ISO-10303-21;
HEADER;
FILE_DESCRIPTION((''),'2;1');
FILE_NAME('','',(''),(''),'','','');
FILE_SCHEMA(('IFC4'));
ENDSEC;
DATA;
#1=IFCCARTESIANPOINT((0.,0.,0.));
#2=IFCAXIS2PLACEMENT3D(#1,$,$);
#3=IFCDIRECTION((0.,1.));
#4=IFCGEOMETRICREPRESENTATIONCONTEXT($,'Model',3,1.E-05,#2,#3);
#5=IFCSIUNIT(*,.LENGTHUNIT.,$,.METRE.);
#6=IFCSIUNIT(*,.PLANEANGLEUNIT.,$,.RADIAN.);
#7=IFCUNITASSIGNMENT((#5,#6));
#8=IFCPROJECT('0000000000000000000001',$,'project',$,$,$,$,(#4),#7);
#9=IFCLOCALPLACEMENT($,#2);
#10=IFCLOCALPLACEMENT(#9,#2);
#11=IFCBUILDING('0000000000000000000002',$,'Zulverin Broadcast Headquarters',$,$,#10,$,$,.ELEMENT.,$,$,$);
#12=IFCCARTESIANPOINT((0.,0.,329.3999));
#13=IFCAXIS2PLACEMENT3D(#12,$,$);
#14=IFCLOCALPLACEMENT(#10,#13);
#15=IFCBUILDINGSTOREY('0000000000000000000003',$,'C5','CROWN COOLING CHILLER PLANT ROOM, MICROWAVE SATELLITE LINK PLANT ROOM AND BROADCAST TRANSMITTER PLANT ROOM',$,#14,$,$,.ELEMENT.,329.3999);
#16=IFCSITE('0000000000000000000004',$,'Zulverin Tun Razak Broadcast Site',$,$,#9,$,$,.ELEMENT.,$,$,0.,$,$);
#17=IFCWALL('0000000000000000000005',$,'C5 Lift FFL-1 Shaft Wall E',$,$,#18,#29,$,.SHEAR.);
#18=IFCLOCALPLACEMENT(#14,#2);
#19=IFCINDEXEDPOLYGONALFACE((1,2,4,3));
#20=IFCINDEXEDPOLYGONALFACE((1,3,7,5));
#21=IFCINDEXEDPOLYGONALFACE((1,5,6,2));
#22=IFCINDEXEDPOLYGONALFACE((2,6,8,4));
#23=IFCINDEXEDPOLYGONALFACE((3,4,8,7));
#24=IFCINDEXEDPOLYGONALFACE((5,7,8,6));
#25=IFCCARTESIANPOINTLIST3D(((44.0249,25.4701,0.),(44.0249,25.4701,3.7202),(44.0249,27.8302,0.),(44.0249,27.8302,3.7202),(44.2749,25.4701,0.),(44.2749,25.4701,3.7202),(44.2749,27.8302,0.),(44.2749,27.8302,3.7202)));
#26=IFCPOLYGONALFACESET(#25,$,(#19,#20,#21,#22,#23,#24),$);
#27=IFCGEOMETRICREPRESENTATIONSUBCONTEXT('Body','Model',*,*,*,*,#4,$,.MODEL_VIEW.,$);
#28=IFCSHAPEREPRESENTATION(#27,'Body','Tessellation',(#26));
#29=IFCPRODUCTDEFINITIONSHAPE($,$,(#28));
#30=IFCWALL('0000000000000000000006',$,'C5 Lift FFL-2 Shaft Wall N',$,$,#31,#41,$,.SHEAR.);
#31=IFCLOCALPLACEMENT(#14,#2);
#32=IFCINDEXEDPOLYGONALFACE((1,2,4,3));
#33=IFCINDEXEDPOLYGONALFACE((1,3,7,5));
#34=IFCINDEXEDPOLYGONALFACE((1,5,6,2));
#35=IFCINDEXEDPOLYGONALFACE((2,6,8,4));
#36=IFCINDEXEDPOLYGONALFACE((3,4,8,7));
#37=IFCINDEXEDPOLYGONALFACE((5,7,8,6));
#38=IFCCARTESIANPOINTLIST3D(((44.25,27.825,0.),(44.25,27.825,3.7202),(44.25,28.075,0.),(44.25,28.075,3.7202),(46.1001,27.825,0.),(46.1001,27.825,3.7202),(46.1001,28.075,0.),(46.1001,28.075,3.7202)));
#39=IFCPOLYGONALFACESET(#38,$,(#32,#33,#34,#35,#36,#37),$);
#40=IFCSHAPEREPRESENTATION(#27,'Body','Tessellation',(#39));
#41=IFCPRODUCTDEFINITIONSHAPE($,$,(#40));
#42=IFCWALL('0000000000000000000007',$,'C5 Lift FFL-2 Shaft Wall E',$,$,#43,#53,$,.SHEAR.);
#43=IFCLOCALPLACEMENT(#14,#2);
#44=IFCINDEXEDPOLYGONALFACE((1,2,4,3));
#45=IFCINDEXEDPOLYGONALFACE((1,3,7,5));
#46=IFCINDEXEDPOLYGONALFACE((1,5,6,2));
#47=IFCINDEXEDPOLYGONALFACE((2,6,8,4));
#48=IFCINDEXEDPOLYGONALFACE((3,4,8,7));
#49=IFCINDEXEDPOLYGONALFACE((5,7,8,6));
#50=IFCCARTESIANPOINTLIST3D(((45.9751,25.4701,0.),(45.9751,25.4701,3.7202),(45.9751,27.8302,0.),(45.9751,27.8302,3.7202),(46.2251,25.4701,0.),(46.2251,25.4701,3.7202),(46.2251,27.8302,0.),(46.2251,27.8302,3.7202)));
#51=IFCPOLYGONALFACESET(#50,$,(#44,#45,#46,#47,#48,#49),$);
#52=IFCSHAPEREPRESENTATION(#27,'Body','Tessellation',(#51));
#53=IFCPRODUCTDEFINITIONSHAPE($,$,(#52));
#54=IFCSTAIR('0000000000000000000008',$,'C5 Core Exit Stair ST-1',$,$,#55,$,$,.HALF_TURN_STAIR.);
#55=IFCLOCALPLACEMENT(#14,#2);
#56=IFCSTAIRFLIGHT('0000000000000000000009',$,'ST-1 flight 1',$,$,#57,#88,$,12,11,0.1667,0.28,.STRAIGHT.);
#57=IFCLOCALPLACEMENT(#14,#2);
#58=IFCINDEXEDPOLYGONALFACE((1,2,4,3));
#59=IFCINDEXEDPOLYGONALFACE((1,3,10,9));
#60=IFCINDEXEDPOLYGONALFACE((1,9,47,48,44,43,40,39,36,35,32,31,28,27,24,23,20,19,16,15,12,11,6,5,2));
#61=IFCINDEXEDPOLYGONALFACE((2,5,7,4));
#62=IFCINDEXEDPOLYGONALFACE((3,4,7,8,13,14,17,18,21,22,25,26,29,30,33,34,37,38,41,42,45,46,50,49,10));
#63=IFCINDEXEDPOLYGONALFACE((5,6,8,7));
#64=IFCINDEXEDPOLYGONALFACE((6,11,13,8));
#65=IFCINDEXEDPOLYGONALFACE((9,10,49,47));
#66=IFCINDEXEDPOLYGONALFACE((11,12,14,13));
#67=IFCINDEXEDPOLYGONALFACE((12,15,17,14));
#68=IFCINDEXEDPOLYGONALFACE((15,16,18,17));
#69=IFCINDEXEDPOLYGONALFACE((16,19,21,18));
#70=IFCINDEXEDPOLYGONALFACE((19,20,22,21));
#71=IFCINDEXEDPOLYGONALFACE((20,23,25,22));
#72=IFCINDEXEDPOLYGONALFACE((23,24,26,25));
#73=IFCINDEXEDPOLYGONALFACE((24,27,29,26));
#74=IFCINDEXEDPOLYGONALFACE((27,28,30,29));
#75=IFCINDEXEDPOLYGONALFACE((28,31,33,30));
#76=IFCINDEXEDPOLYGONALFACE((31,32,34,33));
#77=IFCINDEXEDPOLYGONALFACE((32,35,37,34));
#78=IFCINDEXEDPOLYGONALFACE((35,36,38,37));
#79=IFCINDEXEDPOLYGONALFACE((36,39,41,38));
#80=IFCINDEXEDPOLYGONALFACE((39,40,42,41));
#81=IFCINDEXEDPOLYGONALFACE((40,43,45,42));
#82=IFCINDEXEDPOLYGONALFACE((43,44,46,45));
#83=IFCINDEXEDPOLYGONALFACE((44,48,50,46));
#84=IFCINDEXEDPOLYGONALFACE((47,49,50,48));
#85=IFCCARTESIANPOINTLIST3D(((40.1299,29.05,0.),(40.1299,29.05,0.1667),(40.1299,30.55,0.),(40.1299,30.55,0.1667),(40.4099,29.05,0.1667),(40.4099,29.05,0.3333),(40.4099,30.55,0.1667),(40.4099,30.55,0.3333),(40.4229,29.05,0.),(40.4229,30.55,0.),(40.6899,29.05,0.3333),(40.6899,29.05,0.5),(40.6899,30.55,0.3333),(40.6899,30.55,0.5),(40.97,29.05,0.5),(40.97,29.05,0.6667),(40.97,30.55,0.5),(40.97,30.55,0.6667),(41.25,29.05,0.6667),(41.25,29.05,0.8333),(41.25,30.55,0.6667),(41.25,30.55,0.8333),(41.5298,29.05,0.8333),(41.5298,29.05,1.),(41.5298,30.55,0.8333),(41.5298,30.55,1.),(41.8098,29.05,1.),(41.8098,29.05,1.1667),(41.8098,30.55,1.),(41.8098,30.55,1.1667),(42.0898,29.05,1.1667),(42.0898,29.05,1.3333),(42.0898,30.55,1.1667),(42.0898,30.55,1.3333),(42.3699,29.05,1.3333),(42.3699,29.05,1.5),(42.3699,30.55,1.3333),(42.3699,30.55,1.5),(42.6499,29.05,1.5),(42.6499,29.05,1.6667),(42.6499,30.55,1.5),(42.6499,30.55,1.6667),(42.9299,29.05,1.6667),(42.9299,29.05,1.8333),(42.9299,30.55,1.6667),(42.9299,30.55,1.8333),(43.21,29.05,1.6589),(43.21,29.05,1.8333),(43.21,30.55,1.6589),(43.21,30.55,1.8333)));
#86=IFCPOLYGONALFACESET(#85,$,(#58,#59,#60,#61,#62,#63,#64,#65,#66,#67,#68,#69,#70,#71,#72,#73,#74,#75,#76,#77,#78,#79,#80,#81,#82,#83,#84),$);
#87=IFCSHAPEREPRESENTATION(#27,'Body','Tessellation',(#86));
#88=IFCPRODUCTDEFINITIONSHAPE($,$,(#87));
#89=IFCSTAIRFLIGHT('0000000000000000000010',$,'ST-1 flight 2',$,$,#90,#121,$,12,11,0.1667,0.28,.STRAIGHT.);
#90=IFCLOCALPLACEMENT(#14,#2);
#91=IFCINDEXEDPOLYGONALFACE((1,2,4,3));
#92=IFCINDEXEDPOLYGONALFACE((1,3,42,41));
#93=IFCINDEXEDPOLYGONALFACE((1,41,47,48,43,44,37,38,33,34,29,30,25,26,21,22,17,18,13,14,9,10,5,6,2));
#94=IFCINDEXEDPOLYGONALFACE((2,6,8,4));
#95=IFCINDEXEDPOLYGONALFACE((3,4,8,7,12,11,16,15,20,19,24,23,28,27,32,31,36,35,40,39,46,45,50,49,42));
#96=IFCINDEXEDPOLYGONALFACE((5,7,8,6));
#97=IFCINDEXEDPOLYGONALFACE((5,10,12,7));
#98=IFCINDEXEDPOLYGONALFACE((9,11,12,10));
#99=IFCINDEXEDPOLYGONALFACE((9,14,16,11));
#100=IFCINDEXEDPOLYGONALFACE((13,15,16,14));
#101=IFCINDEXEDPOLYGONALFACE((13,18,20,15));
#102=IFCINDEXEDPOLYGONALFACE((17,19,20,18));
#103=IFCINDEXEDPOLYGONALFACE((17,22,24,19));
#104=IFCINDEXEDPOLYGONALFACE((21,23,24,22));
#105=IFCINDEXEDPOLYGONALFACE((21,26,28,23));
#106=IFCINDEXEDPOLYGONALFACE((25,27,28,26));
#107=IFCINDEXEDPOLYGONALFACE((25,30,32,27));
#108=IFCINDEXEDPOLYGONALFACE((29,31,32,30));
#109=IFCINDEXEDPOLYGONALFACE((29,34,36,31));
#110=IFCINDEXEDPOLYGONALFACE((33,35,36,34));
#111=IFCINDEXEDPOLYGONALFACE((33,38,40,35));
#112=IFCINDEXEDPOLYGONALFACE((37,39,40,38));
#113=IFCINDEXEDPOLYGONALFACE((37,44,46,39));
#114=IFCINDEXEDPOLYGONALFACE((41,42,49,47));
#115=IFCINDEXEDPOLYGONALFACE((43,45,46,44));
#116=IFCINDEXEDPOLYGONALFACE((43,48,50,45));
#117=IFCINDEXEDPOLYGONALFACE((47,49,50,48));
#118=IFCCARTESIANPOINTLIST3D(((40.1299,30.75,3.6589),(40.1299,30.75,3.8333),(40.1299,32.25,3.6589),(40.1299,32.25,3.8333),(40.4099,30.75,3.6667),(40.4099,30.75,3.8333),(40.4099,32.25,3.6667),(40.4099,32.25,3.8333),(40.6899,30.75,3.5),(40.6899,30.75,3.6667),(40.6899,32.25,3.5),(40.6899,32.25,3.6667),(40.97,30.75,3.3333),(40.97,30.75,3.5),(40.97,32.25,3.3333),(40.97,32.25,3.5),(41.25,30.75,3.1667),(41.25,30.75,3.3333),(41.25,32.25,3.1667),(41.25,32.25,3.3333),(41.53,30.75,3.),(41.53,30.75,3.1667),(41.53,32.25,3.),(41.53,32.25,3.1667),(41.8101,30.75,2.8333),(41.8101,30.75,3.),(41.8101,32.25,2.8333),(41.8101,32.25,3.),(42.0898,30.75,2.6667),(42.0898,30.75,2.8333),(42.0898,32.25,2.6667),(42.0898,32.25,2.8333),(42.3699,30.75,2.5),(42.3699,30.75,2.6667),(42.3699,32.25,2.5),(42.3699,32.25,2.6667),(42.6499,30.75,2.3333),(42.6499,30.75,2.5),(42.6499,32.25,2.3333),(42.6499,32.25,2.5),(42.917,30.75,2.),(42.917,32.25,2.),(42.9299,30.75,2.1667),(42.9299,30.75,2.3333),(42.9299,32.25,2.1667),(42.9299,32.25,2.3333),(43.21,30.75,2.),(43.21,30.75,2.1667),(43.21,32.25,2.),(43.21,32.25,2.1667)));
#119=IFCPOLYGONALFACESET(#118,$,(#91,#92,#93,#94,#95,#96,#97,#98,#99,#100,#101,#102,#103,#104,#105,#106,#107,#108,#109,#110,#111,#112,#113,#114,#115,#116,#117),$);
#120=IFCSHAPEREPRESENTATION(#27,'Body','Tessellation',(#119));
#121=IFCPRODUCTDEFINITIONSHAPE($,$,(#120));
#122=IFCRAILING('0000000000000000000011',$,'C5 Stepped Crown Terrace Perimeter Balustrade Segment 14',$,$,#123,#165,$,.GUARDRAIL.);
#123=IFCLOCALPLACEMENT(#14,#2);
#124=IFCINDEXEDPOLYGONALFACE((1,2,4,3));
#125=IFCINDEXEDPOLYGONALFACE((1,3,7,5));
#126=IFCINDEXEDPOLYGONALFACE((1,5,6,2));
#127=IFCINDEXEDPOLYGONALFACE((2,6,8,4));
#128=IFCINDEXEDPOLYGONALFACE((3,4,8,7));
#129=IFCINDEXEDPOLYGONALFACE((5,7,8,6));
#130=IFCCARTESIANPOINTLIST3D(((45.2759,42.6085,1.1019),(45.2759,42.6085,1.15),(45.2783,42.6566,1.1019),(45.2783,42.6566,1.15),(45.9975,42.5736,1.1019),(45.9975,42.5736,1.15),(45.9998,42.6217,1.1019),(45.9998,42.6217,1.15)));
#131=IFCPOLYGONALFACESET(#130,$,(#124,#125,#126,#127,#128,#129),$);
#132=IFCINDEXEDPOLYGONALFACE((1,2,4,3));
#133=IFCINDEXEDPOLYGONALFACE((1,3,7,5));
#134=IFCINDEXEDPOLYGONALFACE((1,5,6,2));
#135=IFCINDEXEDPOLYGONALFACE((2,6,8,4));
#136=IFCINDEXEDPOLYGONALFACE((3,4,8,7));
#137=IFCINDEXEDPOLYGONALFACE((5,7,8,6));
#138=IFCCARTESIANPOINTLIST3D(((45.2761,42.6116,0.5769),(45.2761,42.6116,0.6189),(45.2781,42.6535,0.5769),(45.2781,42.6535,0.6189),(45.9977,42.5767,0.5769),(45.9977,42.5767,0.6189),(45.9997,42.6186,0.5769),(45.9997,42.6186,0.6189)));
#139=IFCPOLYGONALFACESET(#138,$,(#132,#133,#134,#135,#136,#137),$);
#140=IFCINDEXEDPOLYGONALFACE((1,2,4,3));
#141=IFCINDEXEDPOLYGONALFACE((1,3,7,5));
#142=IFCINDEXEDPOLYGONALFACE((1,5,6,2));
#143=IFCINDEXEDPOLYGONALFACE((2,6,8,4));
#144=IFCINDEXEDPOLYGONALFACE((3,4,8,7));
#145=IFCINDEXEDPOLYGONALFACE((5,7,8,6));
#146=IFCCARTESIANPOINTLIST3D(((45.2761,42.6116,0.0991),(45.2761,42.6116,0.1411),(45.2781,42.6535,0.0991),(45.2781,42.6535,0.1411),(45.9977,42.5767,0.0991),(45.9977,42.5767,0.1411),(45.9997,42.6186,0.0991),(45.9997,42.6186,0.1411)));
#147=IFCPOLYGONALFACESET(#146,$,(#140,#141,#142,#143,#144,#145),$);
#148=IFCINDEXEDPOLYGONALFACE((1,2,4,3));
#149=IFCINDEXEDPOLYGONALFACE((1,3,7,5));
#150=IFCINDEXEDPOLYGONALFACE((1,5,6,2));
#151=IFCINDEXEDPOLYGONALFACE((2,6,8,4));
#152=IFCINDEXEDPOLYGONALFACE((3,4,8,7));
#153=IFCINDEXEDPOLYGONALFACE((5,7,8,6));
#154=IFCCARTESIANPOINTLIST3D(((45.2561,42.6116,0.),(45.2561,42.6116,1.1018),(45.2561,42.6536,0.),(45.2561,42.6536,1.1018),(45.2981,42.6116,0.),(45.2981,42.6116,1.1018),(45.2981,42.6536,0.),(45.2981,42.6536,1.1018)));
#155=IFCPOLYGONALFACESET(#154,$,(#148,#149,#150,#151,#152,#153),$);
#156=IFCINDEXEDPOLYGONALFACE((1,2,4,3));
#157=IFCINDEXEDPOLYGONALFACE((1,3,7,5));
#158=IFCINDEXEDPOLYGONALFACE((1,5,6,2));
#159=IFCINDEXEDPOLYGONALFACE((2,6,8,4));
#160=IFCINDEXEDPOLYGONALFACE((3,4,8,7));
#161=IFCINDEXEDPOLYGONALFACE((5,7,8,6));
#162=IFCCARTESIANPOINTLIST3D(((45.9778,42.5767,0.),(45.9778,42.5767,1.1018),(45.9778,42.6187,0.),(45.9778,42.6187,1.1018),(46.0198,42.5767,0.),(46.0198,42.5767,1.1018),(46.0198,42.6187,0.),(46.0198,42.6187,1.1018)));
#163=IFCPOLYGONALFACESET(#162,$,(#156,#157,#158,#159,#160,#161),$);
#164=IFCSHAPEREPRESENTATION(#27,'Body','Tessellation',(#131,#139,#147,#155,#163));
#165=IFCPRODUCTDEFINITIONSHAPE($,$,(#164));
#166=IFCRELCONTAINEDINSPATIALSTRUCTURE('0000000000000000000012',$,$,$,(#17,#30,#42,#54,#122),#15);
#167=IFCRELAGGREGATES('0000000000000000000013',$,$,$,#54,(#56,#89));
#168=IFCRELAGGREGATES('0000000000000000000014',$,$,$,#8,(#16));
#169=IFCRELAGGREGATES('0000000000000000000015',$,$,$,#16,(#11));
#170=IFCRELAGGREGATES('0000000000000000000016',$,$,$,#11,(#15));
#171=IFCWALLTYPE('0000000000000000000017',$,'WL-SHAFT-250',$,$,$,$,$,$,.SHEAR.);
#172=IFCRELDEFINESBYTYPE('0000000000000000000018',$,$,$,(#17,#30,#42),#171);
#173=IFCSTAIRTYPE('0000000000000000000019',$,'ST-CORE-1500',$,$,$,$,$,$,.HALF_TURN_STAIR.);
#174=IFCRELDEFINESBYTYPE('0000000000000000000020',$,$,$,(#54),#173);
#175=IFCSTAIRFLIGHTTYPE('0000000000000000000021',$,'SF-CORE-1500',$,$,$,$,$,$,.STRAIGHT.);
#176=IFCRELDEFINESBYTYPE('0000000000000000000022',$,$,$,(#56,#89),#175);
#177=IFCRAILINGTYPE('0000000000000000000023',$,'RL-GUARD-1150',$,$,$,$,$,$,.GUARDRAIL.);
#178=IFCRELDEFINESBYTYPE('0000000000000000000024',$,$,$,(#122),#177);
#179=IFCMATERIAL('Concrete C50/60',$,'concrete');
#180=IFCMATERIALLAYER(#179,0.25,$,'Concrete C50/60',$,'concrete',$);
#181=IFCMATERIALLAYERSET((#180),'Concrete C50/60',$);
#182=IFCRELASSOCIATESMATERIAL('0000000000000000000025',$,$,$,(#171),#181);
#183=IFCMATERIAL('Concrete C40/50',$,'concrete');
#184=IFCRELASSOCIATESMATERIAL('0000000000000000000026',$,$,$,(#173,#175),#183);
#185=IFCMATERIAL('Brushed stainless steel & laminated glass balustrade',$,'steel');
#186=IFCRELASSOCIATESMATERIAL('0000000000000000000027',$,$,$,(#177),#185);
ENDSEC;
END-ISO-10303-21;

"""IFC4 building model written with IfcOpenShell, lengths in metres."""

from ifc_helpers import new_model, si_unit, direction, frame, frame_2d, origin, origin_2d, place, context, subcontext, project, spatial, polyline, rectangle, outline, extrude, material, layer, layer_set, type_object, element, aggregate, save


model = new_model("IFC4")

# Units and contexts
model_context = context("Model", 3, precision=1e-05, world=origin(), true_north=direction((0.0, 1.0)))
body_context = subcontext(model_context, "Body", "Model", "MODEL_VIEW")
ifc_project = project(units=[si_unit("LENGTHUNIT", "METRE"), si_unit("PLANEANGLEUNIT", "RADIAN")], contexts=[model_context])

# Site, building, storey
site_placement = place(None, origin())
site = spatial("IfcSite", under=ifc_project, at=site_placement, Name="Zulverin Tun Razak Broadcast Site", CompositionType="ELEMENT", RefElevation=0.0)
building_placement = place(site_placement, origin())
building = spatial("IfcBuilding", under=site, at=building_placement, Name="Zulverin Broadcast Headquarters", CompositionType="ELEMENT")
storey_placement = place(building_placement, frame((0.0, 0.0, 329.3999)))
storey = spatial("IfcBuildingStorey", under=building, at=storey_placement, Name="C5", Description="CROWN COOLING CHILLER PLANT ROOM, MICROWAVE SATELLITE LINK PLANT ROOM AND BROADCAST TRANSMITTER PLANT ROOM", CompositionType="ELEMENT", Elevation=329.3999)

# Wall
ifc_material_1 = material(Name="Concrete C40/50", Category="concrete")
ifc_material_2 = material(Name="Concrete C50/60", Category="concrete")
ifc_layer_1 = layer(ifc_material_2, 0.25, Name="Concrete C50/60", Category="concrete")
ifc_layer_set_1 = layer_set([ifc_layer_1], Name="Concrete C50/60")
wall_type_1 = type_object("IfcWallType", Name="WL-SHAFT-250", PredefinedType="SHEAR", material=ifc_layer_set_1)
for number, where, z_axis, x_axis, name in (
    (1, (44.1499, 25.47, 0.0), (0.0, 0.0, 1.0), (0.0, 1.0, 0.0), "C5 Lift FFL-1 Shaft Wall E"),
):
    element("IfcWall", number, at=place(storey_placement, frame(where, z_axis=z_axis, x_axis=x_axis)), inside=storey, type_object=wall_type_1, Name=name, PredefinedType="SHEAR", context=body_context, shape_type="SweptSolid", body=[
        extrude(rectangle(XDim=2.3601, YDim=0.25, at=frame_2d((1.1802, 0.0))), origin(), (0.0, 0.0, 1.0), 3.7202),
    ])

# Walls
wall_1_placement = place(storey_placement, frame((44.25, 27.95, 0.0), z_axis=(0.0, 0.0, 1.0), x_axis=(1.0, 0.0, 0.0)))
element("IfcWall", 2, at=wall_1_placement, inside=storey, type_object=wall_type_1, Name="C5 Lift FFL-2 Shaft Wall N", PredefinedType="SHEAR", context=body_context, shape_type="SweptSolid", body=[
    extrude(rectangle(XDim=1.8501, YDim=0.25, at=frame_2d((0.925, 0.0))), origin(), (0.0, 0.0, 1.0), 3.7202),
])
wall_2_placement = place(storey_placement, frame((46.1001, 25.47, 0.0), z_axis=(0.0, 0.0, 1.0), x_axis=(0.0, 1.0, 0.0)))
element("IfcWall", 3, at=wall_2_placement, inside=storey, type_object=wall_type_1, Name="C5 Lift FFL-2 Shaft Wall E", PredefinedType="SHEAR", context=body_context, shape_type="SweptSolid", body=[
    extrude(rectangle(XDim=2.3601, YDim=0.25, at=frame_2d((1.1802, 0.0))), origin(), (0.0, 0.0, 1.0), 3.7202),
])

# Stair, stair flights
stair_type = type_object("IfcStairType", Name="ST-CORE-1500", PredefinedType="HALF_TURN_STAIR", material=ifc_material_1)
stair_placement = place(storey_placement, origin())
stair = element("IfcStair", 4, at=stair_placement, inside=storey, type_object=stair_type, Name="C5 Core Exit Stair ST-1", PredefinedType="HALF_TURN_STAIR")
stair_flight_type = type_object("IfcStairFlightType", Name="SF-CORE-1500", PredefinedType="STRAIGHT", material=ifc_material_1)
stair_flight_1_placement = place(storey_placement, frame((40.1299, 29.8, 0.0), z_axis=(0.0, 0.0, 1.0), x_axis=(1.0, 0.0, 0.0)))
stair_flight_1 = element("IfcStairFlight", 5, at=stair_flight_1_placement, type_object=stair_flight_type, Name="ST-1 flight 1", NumberOfRisers=12, NumberOfTreads=11, PredefinedType="STRAIGHT", RiserHeight=0.1667, TreadLength=0.28, context=body_context, shape_type="SweptSolid", body=[
    extrude(outline(polyline([(0.0, 0.0), (0.0, 0.1667), (0.28, 0.1667), (0.28, 0.3333), (0.5601, 0.3333), (0.5601, 0.5), (0.8401, 0.5), (0.8401, 0.6667), (1.1201, 0.6667), (1.1201, 0.8333), (1.3999, 0.8333), (1.3999, 1.0), (1.6799, 1.0), (1.6799, 1.1667), (1.96, 1.1667), (1.96, 1.3333), (2.24, 1.3333), (2.24, 1.5), (2.52, 1.5), (2.52, 1.6667), (2.8, 1.6667), (2.8, 1.8333), (3.0801, 1.8333), (3.0801, 2.0), (3.0801, 1.6589), (0.293, 0.0), (0.0, 0.0)])), frame((0.0, 0.75, 0.0), z_axis=(0.0, -1.0, 0.0), x_axis=(1.0, 0.0, 0.0)), (0.0, 0.0, 1.0), 1.5),
])
stair_flight_2_placement = place(storey_placement, frame((43.21, 31.5, 2.0), z_axis=(0.0, 0.0, 1.0), x_axis=(-1.0, 0.0, 0.0)))
stair_flight_2 = element("IfcStairFlight", 6, at=stair_flight_2_placement, type_object=stair_flight_type, Name="ST-1 flight 2", NumberOfRisers=12, NumberOfTreads=11, PredefinedType="STRAIGHT", RiserHeight=0.1667, TreadLength=0.28, context=body_context, shape_type="SweptSolid", body=[
    extrude(outline(polyline([(0.0, 0.0), (0.0, 0.1667), (0.28, 0.1667), (0.28, 0.3333), (0.5601, 0.3333), (0.5601, 0.5), (0.8401, 0.5), (0.8401, 0.6667), (1.1201, 0.6667), (1.1201, 0.8333), (1.3999, 0.8333), (1.3999, 1.0), (1.6799, 1.0), (1.6799, 1.1667), (1.96, 1.1667), (1.96, 1.3333), (2.24, 1.3333), (2.24, 1.5), (2.52, 1.5), (2.52, 1.6667), (2.8, 1.6667), (2.8, 1.8333), (3.0801, 1.8333), (3.0801, 2.0), (3.0801, 1.6589), (0.293, 0.0), (0.0, 0.0)])), frame((0.0, 0.75, 0.0), z_axis=(0.0, -1.0, 0.0), x_axis=(1.0, 0.0, 0.0)), (0.0, 0.0, 1.0), 1.5),
])
aggregate(stair, [stair_flight_1, stair_flight_2])

# Railing
ifc_material_3 = material(Name="Brushed stainless steel & laminated glass balustrade", Category="steel")
railing_type_1 = type_object("IfcRailingType", Name="RL-GUARD-1150", PredefinedType="GUARDRAIL", material=ifc_material_3)
railing_1_placement = place(storey_placement, frame((45.2771, 42.6326, 0.0)))
element("IfcRailing", 7, at=railing_1_placement, inside=storey, type_object=railing_type_1, Name="C5 Stepped Crown Terrace Perimeter Balustrade Segment 14", PredefinedType="GUARDRAIL", context=body_context, shape_type="SweptSolid", body=[
    extrude(rectangle(XDim=0.0481, YDim=0.0481, at=origin_2d()), frame((0.0, 0.0, 1.126), z_axis=(0.998832, -0.04832, 0.0), x_axis=(0.04832, 0.998832, 0.0)), (0.0, 0.0, 1.0), 0.7224),
    extrude(rectangle(XDim=0.042, YDim=0.042, at=origin_2d()), frame((0.0, 0.0, 0.5979), z_axis=(0.998832, -0.04832, 0.0), x_axis=(0.04832, 0.998832, 0.0)), (0.0, 0.0, 1.0), 0.7224),
    extrude(rectangle(XDim=0.042, YDim=0.042, at=origin_2d()), frame((0.0, 0.0, 0.1201), z_axis=(0.998832, -0.04832, 0.0), x_axis=(0.04832, 0.998832, 0.0)), (0.0, 0.0, 1.0), 0.7224),
    extrude(rectangle(XDim=0.042, YDim=0.042, at=origin_2d()), origin(), (0.0, 0.0, 1.0), 1.1018),
    extrude(rectangle(XDim=0.042, YDim=0.042, at=origin_2d()), frame((0.7217, -0.0349, 0.0)), (0.0, 0.0, 1.0), 1.1018),
])

save(model, "model.ifc")
